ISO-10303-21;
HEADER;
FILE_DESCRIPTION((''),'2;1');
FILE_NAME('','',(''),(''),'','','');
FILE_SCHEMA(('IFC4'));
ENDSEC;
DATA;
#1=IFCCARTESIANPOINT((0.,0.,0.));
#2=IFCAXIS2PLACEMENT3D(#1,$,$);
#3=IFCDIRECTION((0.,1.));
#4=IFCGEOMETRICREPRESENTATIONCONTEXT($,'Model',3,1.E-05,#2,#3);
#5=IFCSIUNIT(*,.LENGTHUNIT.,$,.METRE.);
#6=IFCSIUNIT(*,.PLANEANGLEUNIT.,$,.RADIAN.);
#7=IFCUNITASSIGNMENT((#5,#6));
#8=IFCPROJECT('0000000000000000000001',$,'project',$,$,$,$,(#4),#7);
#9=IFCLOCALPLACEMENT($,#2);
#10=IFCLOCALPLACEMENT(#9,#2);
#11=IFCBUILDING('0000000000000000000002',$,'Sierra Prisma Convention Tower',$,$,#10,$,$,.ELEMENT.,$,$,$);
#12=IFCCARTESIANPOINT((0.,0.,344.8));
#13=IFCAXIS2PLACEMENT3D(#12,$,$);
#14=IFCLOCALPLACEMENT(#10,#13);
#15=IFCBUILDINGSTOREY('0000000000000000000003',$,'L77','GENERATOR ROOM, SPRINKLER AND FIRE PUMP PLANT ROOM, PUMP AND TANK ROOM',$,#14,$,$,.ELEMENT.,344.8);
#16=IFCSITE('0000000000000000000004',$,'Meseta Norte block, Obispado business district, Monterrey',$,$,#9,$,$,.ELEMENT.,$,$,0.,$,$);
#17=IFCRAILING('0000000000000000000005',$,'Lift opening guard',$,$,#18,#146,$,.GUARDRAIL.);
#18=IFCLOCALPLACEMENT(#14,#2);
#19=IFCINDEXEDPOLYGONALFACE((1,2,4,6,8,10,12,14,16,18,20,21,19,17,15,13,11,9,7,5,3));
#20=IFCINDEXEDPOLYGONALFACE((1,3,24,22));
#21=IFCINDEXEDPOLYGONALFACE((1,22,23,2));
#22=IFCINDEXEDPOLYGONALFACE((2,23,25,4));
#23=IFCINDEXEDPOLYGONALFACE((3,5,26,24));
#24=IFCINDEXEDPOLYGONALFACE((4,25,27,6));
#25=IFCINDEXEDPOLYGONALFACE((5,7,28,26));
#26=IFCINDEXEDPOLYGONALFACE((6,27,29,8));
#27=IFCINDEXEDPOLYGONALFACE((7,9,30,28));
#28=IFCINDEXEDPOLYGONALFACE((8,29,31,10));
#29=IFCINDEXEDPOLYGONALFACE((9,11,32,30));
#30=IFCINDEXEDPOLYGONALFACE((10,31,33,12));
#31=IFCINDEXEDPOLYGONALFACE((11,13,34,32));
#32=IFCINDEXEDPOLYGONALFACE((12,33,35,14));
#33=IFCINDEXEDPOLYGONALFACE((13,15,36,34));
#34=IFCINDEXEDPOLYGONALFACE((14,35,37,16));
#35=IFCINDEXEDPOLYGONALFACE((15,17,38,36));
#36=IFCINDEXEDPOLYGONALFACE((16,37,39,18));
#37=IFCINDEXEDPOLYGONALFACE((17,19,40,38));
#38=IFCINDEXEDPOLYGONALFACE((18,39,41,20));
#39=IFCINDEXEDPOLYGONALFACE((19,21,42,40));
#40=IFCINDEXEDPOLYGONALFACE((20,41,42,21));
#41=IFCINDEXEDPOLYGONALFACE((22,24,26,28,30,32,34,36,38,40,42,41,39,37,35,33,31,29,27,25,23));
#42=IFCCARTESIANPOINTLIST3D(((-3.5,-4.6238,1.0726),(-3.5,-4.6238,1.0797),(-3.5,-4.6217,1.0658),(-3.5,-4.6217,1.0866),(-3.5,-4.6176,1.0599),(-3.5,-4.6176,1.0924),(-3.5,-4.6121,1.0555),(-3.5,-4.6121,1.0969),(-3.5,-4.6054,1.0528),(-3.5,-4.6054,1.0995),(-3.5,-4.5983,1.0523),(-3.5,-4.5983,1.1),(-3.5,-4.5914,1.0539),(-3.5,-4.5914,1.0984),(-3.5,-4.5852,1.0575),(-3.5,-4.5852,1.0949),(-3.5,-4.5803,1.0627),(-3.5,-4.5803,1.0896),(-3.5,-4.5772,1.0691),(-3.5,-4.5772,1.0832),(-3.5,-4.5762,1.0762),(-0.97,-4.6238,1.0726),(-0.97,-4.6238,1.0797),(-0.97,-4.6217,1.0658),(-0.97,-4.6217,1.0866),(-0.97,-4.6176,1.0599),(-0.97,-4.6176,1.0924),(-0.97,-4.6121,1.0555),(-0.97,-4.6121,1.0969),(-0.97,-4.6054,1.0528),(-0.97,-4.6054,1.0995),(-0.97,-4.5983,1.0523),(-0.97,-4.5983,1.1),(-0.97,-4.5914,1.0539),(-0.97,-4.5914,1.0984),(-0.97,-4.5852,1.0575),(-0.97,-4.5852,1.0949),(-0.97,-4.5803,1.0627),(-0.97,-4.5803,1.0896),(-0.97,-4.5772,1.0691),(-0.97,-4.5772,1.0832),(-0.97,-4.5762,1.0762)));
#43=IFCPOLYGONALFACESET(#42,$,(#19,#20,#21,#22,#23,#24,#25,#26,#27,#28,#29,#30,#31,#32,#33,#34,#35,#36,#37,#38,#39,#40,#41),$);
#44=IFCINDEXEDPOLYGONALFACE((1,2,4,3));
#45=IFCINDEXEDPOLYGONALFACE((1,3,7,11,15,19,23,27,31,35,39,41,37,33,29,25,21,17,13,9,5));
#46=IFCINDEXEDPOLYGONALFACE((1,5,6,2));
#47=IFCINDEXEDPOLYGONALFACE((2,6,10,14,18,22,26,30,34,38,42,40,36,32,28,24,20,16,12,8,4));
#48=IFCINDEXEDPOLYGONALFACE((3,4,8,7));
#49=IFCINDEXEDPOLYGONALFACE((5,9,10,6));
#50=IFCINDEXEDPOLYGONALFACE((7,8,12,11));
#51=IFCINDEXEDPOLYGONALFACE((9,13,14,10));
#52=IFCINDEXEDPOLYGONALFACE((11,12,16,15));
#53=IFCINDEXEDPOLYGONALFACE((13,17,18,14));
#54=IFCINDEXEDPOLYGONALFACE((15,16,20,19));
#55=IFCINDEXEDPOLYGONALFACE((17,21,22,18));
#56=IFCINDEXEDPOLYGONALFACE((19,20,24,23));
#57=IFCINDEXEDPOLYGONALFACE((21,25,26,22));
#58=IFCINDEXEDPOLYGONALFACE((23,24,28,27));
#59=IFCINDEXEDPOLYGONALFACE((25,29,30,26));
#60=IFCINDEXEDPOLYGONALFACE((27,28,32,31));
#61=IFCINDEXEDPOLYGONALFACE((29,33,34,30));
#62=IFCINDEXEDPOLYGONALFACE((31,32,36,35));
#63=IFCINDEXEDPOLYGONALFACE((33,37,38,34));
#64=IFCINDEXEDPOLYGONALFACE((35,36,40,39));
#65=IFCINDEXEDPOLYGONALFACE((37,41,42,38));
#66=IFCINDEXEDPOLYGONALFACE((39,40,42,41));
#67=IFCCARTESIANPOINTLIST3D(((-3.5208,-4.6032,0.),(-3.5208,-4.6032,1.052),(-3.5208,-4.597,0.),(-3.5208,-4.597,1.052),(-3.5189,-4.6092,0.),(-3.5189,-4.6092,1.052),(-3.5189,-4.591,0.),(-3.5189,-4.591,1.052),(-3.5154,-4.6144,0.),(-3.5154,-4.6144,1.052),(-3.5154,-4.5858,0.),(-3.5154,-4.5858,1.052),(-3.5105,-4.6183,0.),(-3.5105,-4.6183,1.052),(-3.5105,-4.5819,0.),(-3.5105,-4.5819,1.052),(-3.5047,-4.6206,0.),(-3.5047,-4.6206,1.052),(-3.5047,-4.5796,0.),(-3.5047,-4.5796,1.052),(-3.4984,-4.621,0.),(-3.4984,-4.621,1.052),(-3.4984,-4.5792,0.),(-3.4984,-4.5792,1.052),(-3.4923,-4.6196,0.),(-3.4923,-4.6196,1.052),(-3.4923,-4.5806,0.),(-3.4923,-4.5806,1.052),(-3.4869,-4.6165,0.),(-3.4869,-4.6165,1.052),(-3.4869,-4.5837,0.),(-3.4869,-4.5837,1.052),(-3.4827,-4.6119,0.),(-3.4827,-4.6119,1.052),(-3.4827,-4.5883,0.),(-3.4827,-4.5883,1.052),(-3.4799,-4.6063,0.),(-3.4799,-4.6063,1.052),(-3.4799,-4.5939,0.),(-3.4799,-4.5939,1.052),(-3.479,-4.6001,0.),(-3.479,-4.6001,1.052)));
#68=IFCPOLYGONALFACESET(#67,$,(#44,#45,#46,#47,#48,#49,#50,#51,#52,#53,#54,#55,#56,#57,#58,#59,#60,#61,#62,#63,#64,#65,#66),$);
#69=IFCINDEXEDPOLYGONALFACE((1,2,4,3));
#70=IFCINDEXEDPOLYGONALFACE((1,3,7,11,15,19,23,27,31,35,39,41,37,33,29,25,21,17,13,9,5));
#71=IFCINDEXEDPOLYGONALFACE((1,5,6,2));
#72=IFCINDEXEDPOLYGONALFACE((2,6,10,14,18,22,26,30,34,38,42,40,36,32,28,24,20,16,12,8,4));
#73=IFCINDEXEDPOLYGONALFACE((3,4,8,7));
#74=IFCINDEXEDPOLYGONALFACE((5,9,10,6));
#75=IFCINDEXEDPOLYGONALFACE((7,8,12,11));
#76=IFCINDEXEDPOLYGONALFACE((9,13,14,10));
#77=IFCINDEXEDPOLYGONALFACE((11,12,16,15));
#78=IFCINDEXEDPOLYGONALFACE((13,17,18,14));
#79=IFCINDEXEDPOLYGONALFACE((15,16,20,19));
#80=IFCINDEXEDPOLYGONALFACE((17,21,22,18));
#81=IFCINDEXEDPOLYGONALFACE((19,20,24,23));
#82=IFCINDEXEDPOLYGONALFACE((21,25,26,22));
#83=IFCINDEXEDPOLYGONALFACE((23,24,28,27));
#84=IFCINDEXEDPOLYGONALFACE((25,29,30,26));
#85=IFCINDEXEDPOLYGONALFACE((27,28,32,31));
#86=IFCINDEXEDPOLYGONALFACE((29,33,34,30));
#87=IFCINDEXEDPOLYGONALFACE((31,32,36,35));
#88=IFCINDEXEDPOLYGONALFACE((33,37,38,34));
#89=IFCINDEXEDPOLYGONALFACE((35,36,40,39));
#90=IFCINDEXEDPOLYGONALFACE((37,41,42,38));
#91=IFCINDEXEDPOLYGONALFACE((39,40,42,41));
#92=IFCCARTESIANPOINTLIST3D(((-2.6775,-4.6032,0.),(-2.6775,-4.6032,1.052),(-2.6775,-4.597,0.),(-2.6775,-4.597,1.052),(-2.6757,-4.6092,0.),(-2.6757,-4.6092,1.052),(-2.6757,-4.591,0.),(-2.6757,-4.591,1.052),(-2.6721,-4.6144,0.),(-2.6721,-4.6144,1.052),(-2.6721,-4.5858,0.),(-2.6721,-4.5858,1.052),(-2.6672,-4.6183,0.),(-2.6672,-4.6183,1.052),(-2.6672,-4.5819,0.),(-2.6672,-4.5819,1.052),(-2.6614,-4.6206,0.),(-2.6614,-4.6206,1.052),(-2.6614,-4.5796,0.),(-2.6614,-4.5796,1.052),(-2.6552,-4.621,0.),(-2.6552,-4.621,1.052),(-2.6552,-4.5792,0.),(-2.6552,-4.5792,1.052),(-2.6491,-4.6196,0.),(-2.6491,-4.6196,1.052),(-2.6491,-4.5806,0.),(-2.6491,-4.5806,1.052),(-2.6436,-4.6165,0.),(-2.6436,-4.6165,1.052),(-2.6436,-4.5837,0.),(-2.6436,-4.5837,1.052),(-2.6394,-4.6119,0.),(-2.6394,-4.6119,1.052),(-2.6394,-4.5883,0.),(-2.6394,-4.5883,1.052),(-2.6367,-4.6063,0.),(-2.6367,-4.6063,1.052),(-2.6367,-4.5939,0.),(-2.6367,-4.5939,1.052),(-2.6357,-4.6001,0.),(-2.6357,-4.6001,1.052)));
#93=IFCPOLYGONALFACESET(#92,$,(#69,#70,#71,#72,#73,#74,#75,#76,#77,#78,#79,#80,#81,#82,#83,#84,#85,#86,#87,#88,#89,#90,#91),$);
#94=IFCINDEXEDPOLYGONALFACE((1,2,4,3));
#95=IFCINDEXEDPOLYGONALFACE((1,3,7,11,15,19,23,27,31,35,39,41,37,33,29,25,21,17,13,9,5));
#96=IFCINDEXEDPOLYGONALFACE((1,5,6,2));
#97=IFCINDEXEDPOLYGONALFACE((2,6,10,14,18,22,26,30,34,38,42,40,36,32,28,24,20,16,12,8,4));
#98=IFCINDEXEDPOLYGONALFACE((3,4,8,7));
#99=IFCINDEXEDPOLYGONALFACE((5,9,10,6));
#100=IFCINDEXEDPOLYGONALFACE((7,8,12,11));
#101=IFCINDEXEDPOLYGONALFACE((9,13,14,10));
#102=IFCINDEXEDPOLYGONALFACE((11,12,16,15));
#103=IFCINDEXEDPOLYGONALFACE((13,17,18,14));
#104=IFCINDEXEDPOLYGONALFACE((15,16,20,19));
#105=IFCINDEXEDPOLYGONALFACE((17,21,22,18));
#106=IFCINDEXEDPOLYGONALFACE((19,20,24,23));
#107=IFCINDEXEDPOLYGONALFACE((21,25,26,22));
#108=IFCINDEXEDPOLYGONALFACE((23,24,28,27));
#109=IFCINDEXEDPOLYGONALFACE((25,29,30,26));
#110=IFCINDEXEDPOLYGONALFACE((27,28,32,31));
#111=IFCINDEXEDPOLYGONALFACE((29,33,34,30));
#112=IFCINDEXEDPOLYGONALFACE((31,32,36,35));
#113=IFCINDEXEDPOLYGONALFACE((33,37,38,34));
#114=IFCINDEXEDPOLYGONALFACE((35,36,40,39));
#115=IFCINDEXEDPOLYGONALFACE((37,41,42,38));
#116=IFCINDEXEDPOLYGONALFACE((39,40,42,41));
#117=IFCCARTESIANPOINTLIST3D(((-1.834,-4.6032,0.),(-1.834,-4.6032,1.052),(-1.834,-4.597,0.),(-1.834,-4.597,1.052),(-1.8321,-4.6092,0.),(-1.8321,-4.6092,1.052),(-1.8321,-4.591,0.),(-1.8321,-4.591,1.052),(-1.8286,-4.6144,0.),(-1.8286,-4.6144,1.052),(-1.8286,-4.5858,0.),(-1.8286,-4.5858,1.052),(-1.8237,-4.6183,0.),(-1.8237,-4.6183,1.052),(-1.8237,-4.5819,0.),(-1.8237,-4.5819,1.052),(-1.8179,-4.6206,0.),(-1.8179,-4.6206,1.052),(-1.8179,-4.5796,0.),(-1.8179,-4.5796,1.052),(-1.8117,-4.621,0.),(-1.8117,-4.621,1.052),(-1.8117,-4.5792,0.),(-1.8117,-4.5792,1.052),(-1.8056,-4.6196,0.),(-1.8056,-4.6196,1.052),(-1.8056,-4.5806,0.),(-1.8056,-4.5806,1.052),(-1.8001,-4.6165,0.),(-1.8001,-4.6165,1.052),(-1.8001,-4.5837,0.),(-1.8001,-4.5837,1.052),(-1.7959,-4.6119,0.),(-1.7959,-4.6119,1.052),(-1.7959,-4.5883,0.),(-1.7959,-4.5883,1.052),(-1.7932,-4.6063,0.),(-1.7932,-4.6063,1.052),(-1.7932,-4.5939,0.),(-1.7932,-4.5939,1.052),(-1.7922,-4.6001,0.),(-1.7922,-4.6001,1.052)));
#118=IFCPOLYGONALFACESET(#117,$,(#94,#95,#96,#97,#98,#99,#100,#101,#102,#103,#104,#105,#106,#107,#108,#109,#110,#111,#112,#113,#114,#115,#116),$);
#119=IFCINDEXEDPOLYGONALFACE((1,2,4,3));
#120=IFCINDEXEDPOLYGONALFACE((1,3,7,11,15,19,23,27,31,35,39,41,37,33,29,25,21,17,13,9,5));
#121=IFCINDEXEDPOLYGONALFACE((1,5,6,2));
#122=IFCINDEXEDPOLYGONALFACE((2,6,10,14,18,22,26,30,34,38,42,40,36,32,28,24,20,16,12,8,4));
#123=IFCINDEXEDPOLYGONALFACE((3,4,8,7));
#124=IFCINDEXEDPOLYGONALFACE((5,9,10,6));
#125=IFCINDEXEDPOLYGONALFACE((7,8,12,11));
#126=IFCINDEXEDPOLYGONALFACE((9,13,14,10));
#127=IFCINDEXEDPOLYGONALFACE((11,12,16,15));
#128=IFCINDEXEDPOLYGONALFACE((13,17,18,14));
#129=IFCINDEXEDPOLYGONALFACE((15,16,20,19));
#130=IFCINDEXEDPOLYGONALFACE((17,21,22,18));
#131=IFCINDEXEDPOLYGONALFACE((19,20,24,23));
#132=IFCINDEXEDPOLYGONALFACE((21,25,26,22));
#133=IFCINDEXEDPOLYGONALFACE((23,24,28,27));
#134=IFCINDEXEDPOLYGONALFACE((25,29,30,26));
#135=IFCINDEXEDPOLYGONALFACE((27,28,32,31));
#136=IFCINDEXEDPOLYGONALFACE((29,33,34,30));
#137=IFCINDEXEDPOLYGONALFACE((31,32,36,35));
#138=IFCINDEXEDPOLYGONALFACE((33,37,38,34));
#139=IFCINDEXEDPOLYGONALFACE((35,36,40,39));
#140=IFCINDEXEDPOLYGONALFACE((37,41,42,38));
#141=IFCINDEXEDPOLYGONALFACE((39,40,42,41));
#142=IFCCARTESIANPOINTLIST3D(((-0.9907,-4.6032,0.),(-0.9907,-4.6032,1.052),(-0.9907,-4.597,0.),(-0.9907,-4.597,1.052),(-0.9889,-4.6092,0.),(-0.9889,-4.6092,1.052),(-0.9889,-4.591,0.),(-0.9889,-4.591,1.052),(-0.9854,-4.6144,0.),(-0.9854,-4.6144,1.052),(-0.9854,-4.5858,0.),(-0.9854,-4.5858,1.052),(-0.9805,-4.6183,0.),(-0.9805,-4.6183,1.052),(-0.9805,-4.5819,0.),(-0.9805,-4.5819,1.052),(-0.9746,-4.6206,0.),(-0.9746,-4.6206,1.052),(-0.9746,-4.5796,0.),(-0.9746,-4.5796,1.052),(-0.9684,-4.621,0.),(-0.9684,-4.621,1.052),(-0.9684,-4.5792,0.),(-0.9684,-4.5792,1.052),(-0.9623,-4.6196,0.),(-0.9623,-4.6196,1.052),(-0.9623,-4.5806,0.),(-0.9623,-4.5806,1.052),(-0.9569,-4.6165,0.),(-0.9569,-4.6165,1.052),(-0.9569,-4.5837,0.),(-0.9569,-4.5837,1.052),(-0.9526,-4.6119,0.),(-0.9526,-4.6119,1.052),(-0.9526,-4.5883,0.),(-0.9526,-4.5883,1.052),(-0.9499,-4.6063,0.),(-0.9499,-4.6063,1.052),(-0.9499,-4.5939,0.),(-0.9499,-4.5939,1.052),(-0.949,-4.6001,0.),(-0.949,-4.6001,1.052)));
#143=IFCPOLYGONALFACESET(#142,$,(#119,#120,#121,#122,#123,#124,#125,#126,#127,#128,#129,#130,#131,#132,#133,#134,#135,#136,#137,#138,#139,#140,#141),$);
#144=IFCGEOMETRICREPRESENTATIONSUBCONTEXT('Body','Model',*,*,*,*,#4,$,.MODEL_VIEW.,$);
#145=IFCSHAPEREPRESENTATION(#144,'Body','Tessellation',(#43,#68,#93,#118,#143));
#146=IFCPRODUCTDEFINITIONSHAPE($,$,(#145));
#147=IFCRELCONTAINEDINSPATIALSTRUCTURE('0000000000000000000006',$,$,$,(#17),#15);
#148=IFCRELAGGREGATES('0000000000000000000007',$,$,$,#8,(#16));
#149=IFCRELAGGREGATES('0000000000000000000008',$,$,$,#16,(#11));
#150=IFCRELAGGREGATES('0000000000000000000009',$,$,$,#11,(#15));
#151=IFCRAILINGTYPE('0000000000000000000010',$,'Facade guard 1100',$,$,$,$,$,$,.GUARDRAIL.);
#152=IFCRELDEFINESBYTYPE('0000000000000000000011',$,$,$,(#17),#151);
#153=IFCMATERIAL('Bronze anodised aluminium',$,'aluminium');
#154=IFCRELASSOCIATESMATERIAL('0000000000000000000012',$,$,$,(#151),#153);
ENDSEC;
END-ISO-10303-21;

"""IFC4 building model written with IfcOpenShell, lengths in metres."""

from ifc_helpers import new_model, si_unit, direction, frame, origin, origin_2d, place, context, subcontext, project, spatial, circle, extrude, material, type_object, element, save


model = new_model("IFC4")

# Units and contexts
model_context = context("Model", 3, precision=1e-05, world=origin(), true_north=direction((0.0, 1.0)))
body_context = subcontext(model_context, "Body", "Model", "MODEL_VIEW")
ifc_project = project(units=[si_unit("LENGTHUNIT", "METRE"), si_unit("PLANEANGLEUNIT", "RADIAN")], contexts=[model_context])

# Site, building, storey
site_placement = place(None, origin())
site = spatial("IfcSite", under=ifc_project, at=site_placement, Name="Meseta Norte block, Obispado business district, Monterrey", CompositionType="ELEMENT", RefElevation=0.0)
building_placement = place(site_placement, origin())
building = spatial("IfcBuilding", under=site, at=building_placement, Name="Sierra Prisma Convention Tower", CompositionType="ELEMENT")
storey_placement = place(building_placement, frame((0.0, 0.0, 344.8)))
storey = spatial("IfcBuildingStorey", under=building, at=storey_placement, Name="L77", Description="GENERATOR ROOM, SPRINKLER AND FIRE PUMP PLANT ROOM, PUMP AND TANK ROOM", CompositionType="ELEMENT", Elevation=344.8)

# Railing
ifc_material_1 = material(Name="Bronze anodised aluminium", Category="aluminium")
railing_type_1 = type_object("IfcRailingType", Name="Facade guard 1100", PredefinedType="GUARDRAIL", material=ifc_material_1)
railing_1_placement = place(storey_placement, frame((-3.5, -4.6001, 0.0)))
element("IfcRailing", 1, at=railing_1_placement, inside=storey, type_object=railing_type_1, Name="Lift opening guard", PredefinedType="GUARDRAIL", context=body_context, shape_type="SweptSolid", body=[
    extrude(circle(Radius=0.0239, at=origin_2d()), frame((0.0, 0.0, 1.0762), z_axis=(1.0, 0.0, 0.0), x_axis=(0.0, 1.0, 0.0)), (0.0, 0.0, 1.0), 2.53),
    extrude(circle(Radius=0.021, at=origin_2d()), origin(), (0.0, 0.0, 1.0), 1.052),
    extrude(circle(Radius=0.021, at=origin_2d()), frame((0.8433, 0.0, 0.0)), (0.0, 0.0, 1.0), 1.052),
    extrude(circle(Radius=0.021, at=origin_2d()), frame((1.6868, 0.0, 0.0)), (0.0, 0.0, 1.0), 1.052),
    extrude(circle(Radius=0.021, at=origin_2d()), frame((2.53, 0.0, 0.0)), (0.0, 0.0, 1.0), 1.052),
])

save(model, "model.ifc")
